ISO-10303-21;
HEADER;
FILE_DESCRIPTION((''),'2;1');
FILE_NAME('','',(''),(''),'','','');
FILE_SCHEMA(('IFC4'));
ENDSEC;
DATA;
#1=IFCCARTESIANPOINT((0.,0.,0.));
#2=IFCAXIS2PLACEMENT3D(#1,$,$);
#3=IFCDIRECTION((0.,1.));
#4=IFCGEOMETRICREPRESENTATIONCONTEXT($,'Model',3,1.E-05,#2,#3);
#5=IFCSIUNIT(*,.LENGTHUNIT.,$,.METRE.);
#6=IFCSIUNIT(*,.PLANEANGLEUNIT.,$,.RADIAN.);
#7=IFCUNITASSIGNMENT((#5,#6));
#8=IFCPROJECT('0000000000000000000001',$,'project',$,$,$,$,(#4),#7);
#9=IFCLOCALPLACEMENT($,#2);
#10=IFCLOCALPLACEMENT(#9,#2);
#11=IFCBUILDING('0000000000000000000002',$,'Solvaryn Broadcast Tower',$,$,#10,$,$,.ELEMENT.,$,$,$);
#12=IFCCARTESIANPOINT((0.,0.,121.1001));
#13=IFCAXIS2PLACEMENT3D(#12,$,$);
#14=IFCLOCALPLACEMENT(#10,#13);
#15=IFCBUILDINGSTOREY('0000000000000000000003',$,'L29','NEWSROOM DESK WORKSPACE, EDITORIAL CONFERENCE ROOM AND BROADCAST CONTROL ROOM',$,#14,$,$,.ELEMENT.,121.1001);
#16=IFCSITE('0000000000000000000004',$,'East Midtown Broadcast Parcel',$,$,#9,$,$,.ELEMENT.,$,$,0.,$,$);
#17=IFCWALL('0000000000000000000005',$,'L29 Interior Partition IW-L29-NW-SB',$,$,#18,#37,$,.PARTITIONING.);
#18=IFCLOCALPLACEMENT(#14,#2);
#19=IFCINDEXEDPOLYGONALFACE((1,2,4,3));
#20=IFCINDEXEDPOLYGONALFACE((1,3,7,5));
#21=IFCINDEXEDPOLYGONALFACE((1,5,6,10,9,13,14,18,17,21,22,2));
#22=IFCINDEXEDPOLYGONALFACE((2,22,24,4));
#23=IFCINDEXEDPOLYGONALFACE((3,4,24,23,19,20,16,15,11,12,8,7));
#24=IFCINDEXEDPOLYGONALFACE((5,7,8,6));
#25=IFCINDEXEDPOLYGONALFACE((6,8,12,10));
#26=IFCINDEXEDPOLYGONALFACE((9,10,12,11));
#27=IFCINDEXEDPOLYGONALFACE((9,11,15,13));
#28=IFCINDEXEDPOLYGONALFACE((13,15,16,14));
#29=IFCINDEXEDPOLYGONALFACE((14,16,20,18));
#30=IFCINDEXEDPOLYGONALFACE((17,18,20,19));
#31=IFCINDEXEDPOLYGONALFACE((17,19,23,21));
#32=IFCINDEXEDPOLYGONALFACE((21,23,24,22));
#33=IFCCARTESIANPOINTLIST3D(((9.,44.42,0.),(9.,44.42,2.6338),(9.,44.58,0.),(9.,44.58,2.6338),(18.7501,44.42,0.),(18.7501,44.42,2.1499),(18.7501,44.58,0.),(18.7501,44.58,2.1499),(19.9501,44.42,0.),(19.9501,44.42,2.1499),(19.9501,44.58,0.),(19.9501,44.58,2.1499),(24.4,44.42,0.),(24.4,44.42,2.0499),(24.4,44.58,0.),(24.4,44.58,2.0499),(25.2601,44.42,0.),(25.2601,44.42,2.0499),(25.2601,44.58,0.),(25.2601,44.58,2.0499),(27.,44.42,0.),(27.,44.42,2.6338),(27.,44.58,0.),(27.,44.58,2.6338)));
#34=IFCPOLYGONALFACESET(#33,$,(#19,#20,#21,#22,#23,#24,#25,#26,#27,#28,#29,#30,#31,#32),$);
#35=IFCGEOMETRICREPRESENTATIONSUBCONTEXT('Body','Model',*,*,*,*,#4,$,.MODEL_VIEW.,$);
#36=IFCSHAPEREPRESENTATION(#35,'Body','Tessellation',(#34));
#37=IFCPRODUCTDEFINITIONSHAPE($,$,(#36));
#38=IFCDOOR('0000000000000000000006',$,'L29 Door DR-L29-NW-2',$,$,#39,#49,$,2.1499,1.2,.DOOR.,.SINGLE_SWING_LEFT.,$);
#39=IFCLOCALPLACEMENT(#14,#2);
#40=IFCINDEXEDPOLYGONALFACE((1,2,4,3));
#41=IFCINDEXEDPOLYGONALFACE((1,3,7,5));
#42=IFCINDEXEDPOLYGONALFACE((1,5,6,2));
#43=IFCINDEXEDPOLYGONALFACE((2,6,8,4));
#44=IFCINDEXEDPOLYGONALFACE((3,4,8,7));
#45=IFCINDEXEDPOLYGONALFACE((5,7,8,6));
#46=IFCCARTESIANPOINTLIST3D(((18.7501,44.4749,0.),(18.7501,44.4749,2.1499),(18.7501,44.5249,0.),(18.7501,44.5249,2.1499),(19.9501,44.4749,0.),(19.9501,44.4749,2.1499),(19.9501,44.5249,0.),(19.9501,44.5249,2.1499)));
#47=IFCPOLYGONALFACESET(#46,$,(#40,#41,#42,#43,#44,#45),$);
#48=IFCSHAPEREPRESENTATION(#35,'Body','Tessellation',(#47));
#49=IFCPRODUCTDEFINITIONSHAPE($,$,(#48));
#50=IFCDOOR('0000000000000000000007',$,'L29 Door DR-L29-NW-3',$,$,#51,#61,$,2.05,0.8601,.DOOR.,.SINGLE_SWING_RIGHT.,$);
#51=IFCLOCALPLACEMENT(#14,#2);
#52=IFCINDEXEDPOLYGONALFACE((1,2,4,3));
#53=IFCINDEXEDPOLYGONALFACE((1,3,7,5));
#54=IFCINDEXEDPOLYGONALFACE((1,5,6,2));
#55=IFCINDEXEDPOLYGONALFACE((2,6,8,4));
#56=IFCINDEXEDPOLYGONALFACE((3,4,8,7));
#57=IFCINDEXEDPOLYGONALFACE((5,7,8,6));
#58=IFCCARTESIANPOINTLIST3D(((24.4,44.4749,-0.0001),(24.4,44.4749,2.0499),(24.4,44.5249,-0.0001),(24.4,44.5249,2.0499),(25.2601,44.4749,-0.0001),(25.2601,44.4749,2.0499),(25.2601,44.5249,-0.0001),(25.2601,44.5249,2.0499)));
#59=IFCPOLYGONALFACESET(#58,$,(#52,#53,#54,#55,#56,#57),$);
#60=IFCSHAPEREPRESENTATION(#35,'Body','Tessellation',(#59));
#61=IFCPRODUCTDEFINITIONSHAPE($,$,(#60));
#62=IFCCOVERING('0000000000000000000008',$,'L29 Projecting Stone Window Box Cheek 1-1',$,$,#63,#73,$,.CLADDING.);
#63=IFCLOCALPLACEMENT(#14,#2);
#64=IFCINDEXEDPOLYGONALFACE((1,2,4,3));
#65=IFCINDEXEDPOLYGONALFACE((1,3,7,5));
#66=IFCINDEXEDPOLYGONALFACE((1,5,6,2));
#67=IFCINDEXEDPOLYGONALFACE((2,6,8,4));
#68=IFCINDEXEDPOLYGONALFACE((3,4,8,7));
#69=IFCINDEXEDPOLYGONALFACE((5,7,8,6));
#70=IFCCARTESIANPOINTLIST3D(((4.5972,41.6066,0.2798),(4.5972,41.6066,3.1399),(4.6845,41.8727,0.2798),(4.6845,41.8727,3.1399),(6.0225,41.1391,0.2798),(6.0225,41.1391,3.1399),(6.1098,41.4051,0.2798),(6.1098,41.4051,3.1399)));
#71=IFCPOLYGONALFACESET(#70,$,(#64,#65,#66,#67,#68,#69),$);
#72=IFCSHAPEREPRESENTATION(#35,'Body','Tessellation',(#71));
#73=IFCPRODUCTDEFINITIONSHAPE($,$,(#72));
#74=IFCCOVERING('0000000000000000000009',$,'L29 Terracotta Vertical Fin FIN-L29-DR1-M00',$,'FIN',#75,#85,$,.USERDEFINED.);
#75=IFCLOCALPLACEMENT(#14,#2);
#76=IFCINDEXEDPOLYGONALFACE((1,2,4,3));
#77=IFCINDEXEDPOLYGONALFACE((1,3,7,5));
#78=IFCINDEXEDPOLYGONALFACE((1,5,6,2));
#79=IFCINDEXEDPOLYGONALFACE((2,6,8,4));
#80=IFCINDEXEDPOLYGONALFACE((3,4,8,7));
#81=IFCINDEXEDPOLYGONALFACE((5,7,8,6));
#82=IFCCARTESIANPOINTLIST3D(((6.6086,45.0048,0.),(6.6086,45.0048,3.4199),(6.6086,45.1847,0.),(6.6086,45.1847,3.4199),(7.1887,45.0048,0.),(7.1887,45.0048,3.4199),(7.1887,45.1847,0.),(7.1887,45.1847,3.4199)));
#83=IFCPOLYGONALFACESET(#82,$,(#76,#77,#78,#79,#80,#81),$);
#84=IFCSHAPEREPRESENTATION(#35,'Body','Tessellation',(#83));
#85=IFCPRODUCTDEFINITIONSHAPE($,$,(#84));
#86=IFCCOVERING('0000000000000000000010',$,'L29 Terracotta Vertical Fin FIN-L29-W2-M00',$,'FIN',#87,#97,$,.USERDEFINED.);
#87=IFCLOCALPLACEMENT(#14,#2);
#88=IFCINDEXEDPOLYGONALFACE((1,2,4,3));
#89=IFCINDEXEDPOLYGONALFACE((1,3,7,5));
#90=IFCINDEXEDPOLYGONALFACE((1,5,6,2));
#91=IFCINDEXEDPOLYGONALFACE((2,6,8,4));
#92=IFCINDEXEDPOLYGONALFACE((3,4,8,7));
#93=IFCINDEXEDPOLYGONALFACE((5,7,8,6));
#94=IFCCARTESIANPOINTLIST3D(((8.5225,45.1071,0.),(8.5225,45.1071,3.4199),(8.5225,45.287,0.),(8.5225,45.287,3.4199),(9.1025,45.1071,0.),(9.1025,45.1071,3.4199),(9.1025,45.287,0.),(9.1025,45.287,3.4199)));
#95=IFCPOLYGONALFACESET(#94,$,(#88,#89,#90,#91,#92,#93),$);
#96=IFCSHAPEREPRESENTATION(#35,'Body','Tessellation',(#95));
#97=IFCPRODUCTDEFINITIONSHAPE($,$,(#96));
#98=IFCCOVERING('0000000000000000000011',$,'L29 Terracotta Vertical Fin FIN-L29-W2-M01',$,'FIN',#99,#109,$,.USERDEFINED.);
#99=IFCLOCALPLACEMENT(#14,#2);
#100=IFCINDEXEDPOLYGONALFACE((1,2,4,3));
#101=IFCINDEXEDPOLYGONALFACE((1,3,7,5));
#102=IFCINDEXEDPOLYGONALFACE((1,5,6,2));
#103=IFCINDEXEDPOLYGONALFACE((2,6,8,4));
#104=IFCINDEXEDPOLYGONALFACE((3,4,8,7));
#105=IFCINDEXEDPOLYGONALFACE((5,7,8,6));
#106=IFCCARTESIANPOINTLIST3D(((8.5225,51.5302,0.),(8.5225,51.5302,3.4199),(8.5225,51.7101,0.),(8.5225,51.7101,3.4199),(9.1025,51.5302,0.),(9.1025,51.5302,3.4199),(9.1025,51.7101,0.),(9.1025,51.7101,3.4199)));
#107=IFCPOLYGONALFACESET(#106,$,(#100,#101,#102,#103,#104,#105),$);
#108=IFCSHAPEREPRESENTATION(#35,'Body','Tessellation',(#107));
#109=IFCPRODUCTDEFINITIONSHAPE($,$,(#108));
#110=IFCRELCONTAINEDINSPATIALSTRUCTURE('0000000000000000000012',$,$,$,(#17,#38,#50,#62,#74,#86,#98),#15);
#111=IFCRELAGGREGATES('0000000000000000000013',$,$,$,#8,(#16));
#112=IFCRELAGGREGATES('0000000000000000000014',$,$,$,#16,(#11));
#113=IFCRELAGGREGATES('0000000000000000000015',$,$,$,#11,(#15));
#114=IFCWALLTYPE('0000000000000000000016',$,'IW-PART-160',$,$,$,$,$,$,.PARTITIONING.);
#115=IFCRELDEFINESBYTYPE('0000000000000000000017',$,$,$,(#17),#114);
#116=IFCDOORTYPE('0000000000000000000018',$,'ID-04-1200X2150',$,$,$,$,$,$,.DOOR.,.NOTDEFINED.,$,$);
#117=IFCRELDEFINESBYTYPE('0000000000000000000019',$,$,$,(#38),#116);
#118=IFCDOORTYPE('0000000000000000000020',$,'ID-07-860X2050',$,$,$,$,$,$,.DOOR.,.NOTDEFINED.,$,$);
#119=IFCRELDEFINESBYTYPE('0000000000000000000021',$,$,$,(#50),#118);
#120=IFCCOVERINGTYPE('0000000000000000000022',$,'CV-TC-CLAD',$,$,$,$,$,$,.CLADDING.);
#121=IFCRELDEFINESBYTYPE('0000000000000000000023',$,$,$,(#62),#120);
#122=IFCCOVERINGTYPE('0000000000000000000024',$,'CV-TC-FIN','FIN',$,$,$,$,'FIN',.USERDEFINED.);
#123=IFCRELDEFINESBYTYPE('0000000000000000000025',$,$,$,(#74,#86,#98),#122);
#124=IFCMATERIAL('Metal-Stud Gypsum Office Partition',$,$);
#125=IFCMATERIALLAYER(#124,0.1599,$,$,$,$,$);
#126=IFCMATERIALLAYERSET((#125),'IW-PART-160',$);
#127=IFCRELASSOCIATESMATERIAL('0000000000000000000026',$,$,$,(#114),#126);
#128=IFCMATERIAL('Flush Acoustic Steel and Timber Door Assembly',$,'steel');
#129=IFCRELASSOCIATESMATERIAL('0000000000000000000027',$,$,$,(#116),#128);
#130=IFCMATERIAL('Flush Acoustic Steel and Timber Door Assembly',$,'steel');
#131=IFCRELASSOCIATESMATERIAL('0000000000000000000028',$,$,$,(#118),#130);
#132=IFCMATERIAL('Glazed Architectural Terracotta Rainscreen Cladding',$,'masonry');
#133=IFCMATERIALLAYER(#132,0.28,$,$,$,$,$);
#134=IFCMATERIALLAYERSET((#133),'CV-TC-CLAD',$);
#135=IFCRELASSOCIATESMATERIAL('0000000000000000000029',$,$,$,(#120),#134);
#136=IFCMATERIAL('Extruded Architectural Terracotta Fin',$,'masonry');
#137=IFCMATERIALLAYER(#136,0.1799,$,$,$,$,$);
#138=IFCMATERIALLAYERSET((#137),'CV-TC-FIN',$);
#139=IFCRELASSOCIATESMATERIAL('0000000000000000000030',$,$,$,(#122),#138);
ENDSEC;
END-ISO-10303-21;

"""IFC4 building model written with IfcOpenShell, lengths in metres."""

from ifc_helpers import new_model, si_unit, direction, frame, frame_2d, origin, origin_2d, place, context, subcontext, project, spatial, rectangle, extrude, material, layer, layer_set, type_object, element, fill, save


model = new_model("IFC4")

# Units and contexts
model_context = context("Model", 3, precision=1e-05, world=origin(), true_north=direction((0.0, 1.0)))
body_context = subcontext(model_context, "Body", "Model", "MODEL_VIEW")
ifc_project = project(units=[si_unit("LENGTHUNIT", "METRE"), si_unit("PLANEANGLEUNIT", "RADIAN")], contexts=[model_context])

# Site, building, storey
site_placement = place(None, origin())
site = spatial("IfcSite", under=ifc_project, at=site_placement, Name="East Midtown Broadcast Parcel", CompositionType="ELEMENT", RefElevation=0.0)
building_placement = place(site_placement, origin())
building = spatial("IfcBuilding", under=site, at=building_placement, Name="Solvaryn Broadcast Tower", CompositionType="ELEMENT")
storey_placement = place(building_placement, frame((0.0, 0.0, 121.1001)))
storey = spatial("IfcBuildingStorey", under=building, at=storey_placement, Name="L29", Description="NEWSROOM DESK WORKSPACE, EDITORIAL CONFERENCE ROOM AND BROADCAST CONTROL ROOM", CompositionType="ELEMENT", Elevation=121.1001)

# Shared definitions
ifc_material_1 = material(Name="Metal-Stud Gypsum Office Partition")
ifc_layer_1 = layer(ifc_material_1, 0.1599)
ifc_layer_set_1 = layer_set([ifc_layer_1], Name="IW-PART-160")
wall_type_1 = type_object("IfcWallType", Name="IW-PART-160", PredefinedType="PARTITIONING", material=ifc_layer_set_1)

# Wall, openings, doors
wall_1_placement = place(storey_placement, frame((9.0, 44.5, 0.0), z_axis=(0.0, 0.0, 1.0), x_axis=(1.0, 0.0, 0.0)))
wall_1 = element("IfcWall", 1, at=wall_1_placement, inside=storey, type_object=wall_type_1, Name="L29 Interior Partition IW-L29-NW-SB", PredefinedType="PARTITIONING", context=body_context, shape_type="SweptSolid", body=[
    extrude(rectangle(XDim=18.0, YDim=0.1599, at=frame_2d((9.0, 0.0))), origin(), (0.0, 0.0, 1.0), 2.6338),
])
opening_1_placement = place(wall_1_placement, frame((9.75, 0.0, 0.0)))
opening_1 = element("IfcOpeningElement", 2, at=opening_1_placement, cuts=wall_1, PredefinedType="OPENING", context=body_context, shape_type="SweptSolid", body=[
    extrude(rectangle(XDim=1.2, YDim=2.1499, at=frame_2d((0.6001, 1.075))), frame((0.0, 0.0901, 0.0), z_axis=(0.0, -1.0, 0.0), x_axis=(1.0, 0.0, 0.0)), (0.0, 0.0, 1.0), 0.1799),
])
opening_2_placement = place(wall_1_placement, frame((15.3999, 0.0, 0.0)))
opening_2 = element("IfcOpeningElement", 3, at=opening_2_placement, cuts=wall_1, PredefinedType="OPENING", context=body_context, shape_type="SweptSolid", body=[
    extrude(rectangle(XDim=0.8601, YDim=2.05, at=frame_2d((0.4302, 1.0249))), frame((0.0, 0.0901, 0.0), z_axis=(0.0, -1.0, 0.0), x_axis=(1.0, 0.0, 0.0)), (0.0, 0.0, 1.0), 0.1799),
])
ifc_material_2 = material(Name="Flush Acoustic Steel and Timber Door Assembly", Category="steel")
door_type_1 = type_object("IfcDoorType", Name="ID-04-1200X2150", OperationType="NOTDEFINED", PredefinedType="DOOR", material=ifc_material_2)
door_1_placement = place(opening_1_placement, origin())
door_1 = element("IfcDoor", 4, at=door_1_placement, inside=storey, type_object=door_type_1, Name="L29 Door DR-L29-NW-2", OperationType="SINGLE_SWING_LEFT", OverallHeight=2.1499, OverallWidth=1.2, PredefinedType="DOOR", context=body_context, shape_type="SweptSolid", body=[
    extrude(rectangle(XDim=1.2, YDim=2.1499, at=frame_2d((0.6001, 1.075))), frame((0.0, 0.0249, 0.0), z_axis=(0.0, -1.0, 0.0), x_axis=(1.0, 0.0, 0.0)), (0.0, 0.0, 1.0), 0.05),
])
fill(opening_1, door_1)
ifc_material_3 = material(Name="Flush Acoustic Steel and Timber Door Assembly", Category="steel")
door_type_2 = type_object("IfcDoorType", Name="ID-07-860X2050", OperationType="NOTDEFINED", PredefinedType="DOOR", material=ifc_material_3)
door_2_placement = place(opening_2_placement, origin())
door_2 = element("IfcDoor", 5, at=door_2_placement, inside=storey, type_object=door_type_2, Name="L29 Door DR-L29-NW-3", OperationType="SINGLE_SWING_RIGHT", OverallHeight=2.05, OverallWidth=0.8601, PredefinedType="DOOR", context=body_context, shape_type="SweptSolid", body=[
    extrude(rectangle(XDim=0.8601, YDim=2.05, at=frame_2d((0.4302, 1.0249))), frame((0.0, 0.0249, 0.0), z_axis=(0.0, -1.0, 0.0), x_axis=(1.0, 0.0, 0.0)), (0.0, 0.0, 1.0), 0.05),
])
fill(opening_2, door_2)

# Coverings
ifc_material_4 = material(Name="Glazed Architectural Terracotta Rainscreen Cladding", Category="masonry")
ifc_layer_2 = layer(ifc_material_4, 0.28)
ifc_layer_set_2 = layer_set([ifc_layer_2], Name="CV-TC-CLAD")
covering_type_1 = type_object("IfcCoveringType", Name="CV-TC-CLAD", PredefinedType="CLADDING", material=ifc_layer_set_2)
covering_placement = place(storey_placement, frame((5.3535, 41.5059, 0.2798), z_axis=(0.0, 0.0, 1.0), x_axis=(-0.311672, -0.95019, 0.0)))
element("IfcCovering", 6, at=covering_placement, inside=storey, type_object=covering_type_1, Name="L29 Projecting Stone Window Box Cheek 1-1", PredefinedType="CLADDING", context=body_context, shape_type="SweptSolid", body=[
    extrude(rectangle(XDim=0.28, YDim=1.5, at=origin_2d()), origin(), (0.0, 0.0, 1.0), 2.8601),
])
ifc_material_5 = material(Name="Extruded Architectural Terracotta Fin", Category="masonry")
ifc_layer_3 = layer(ifc_material_5, 0.1799)
ifc_layer_set_3 = layer_set([ifc_layer_3], Name="CV-TC-FIN")
covering_type_2 = type_object("IfcCoveringType", Name="CV-TC-FIN", Description="FIN", ElementType="FIN", PredefinedType="USERDEFINED", material=ifc_layer_set_3)
for number, where, z_axis, x_axis, name in (
    (7, (6.8987, 45.0947, 0.0), (0.0, 0.0, 1.0), (1.0, 0.0, 0.0), "L29 Terracotta Vertical Fin FIN-L29-DR1-M00"),
    (8, (8.8125, 45.197, 0.0), (0.0, 0.0, 1.0), (1.0, 0.0, 0.0), "L29 Terracotta Vertical Fin FIN-L29-W2-M00"),
    (9, (8.8125, 51.6201, 0.0), (0.0, 0.0, 1.0), (1.0, 0.0, 0.0), "L29 Terracotta Vertical Fin FIN-L29-W2-M01"),
):
    element("IfcCovering", number, at=place(storey_placement, frame(where, z_axis=z_axis, x_axis=x_axis)), inside=storey, type_object=covering_type_2, Name=name, ObjectType="FIN", PredefinedType="USERDEFINED", context=body_context, shape_type="SweptSolid", body=[
        extrude(rectangle(XDim=0.5801, YDim=0.1799, at=origin_2d()), origin(), (0.0, 0.0, 1.0), 3.4199),
    ])

save(model, "model.ifc")
